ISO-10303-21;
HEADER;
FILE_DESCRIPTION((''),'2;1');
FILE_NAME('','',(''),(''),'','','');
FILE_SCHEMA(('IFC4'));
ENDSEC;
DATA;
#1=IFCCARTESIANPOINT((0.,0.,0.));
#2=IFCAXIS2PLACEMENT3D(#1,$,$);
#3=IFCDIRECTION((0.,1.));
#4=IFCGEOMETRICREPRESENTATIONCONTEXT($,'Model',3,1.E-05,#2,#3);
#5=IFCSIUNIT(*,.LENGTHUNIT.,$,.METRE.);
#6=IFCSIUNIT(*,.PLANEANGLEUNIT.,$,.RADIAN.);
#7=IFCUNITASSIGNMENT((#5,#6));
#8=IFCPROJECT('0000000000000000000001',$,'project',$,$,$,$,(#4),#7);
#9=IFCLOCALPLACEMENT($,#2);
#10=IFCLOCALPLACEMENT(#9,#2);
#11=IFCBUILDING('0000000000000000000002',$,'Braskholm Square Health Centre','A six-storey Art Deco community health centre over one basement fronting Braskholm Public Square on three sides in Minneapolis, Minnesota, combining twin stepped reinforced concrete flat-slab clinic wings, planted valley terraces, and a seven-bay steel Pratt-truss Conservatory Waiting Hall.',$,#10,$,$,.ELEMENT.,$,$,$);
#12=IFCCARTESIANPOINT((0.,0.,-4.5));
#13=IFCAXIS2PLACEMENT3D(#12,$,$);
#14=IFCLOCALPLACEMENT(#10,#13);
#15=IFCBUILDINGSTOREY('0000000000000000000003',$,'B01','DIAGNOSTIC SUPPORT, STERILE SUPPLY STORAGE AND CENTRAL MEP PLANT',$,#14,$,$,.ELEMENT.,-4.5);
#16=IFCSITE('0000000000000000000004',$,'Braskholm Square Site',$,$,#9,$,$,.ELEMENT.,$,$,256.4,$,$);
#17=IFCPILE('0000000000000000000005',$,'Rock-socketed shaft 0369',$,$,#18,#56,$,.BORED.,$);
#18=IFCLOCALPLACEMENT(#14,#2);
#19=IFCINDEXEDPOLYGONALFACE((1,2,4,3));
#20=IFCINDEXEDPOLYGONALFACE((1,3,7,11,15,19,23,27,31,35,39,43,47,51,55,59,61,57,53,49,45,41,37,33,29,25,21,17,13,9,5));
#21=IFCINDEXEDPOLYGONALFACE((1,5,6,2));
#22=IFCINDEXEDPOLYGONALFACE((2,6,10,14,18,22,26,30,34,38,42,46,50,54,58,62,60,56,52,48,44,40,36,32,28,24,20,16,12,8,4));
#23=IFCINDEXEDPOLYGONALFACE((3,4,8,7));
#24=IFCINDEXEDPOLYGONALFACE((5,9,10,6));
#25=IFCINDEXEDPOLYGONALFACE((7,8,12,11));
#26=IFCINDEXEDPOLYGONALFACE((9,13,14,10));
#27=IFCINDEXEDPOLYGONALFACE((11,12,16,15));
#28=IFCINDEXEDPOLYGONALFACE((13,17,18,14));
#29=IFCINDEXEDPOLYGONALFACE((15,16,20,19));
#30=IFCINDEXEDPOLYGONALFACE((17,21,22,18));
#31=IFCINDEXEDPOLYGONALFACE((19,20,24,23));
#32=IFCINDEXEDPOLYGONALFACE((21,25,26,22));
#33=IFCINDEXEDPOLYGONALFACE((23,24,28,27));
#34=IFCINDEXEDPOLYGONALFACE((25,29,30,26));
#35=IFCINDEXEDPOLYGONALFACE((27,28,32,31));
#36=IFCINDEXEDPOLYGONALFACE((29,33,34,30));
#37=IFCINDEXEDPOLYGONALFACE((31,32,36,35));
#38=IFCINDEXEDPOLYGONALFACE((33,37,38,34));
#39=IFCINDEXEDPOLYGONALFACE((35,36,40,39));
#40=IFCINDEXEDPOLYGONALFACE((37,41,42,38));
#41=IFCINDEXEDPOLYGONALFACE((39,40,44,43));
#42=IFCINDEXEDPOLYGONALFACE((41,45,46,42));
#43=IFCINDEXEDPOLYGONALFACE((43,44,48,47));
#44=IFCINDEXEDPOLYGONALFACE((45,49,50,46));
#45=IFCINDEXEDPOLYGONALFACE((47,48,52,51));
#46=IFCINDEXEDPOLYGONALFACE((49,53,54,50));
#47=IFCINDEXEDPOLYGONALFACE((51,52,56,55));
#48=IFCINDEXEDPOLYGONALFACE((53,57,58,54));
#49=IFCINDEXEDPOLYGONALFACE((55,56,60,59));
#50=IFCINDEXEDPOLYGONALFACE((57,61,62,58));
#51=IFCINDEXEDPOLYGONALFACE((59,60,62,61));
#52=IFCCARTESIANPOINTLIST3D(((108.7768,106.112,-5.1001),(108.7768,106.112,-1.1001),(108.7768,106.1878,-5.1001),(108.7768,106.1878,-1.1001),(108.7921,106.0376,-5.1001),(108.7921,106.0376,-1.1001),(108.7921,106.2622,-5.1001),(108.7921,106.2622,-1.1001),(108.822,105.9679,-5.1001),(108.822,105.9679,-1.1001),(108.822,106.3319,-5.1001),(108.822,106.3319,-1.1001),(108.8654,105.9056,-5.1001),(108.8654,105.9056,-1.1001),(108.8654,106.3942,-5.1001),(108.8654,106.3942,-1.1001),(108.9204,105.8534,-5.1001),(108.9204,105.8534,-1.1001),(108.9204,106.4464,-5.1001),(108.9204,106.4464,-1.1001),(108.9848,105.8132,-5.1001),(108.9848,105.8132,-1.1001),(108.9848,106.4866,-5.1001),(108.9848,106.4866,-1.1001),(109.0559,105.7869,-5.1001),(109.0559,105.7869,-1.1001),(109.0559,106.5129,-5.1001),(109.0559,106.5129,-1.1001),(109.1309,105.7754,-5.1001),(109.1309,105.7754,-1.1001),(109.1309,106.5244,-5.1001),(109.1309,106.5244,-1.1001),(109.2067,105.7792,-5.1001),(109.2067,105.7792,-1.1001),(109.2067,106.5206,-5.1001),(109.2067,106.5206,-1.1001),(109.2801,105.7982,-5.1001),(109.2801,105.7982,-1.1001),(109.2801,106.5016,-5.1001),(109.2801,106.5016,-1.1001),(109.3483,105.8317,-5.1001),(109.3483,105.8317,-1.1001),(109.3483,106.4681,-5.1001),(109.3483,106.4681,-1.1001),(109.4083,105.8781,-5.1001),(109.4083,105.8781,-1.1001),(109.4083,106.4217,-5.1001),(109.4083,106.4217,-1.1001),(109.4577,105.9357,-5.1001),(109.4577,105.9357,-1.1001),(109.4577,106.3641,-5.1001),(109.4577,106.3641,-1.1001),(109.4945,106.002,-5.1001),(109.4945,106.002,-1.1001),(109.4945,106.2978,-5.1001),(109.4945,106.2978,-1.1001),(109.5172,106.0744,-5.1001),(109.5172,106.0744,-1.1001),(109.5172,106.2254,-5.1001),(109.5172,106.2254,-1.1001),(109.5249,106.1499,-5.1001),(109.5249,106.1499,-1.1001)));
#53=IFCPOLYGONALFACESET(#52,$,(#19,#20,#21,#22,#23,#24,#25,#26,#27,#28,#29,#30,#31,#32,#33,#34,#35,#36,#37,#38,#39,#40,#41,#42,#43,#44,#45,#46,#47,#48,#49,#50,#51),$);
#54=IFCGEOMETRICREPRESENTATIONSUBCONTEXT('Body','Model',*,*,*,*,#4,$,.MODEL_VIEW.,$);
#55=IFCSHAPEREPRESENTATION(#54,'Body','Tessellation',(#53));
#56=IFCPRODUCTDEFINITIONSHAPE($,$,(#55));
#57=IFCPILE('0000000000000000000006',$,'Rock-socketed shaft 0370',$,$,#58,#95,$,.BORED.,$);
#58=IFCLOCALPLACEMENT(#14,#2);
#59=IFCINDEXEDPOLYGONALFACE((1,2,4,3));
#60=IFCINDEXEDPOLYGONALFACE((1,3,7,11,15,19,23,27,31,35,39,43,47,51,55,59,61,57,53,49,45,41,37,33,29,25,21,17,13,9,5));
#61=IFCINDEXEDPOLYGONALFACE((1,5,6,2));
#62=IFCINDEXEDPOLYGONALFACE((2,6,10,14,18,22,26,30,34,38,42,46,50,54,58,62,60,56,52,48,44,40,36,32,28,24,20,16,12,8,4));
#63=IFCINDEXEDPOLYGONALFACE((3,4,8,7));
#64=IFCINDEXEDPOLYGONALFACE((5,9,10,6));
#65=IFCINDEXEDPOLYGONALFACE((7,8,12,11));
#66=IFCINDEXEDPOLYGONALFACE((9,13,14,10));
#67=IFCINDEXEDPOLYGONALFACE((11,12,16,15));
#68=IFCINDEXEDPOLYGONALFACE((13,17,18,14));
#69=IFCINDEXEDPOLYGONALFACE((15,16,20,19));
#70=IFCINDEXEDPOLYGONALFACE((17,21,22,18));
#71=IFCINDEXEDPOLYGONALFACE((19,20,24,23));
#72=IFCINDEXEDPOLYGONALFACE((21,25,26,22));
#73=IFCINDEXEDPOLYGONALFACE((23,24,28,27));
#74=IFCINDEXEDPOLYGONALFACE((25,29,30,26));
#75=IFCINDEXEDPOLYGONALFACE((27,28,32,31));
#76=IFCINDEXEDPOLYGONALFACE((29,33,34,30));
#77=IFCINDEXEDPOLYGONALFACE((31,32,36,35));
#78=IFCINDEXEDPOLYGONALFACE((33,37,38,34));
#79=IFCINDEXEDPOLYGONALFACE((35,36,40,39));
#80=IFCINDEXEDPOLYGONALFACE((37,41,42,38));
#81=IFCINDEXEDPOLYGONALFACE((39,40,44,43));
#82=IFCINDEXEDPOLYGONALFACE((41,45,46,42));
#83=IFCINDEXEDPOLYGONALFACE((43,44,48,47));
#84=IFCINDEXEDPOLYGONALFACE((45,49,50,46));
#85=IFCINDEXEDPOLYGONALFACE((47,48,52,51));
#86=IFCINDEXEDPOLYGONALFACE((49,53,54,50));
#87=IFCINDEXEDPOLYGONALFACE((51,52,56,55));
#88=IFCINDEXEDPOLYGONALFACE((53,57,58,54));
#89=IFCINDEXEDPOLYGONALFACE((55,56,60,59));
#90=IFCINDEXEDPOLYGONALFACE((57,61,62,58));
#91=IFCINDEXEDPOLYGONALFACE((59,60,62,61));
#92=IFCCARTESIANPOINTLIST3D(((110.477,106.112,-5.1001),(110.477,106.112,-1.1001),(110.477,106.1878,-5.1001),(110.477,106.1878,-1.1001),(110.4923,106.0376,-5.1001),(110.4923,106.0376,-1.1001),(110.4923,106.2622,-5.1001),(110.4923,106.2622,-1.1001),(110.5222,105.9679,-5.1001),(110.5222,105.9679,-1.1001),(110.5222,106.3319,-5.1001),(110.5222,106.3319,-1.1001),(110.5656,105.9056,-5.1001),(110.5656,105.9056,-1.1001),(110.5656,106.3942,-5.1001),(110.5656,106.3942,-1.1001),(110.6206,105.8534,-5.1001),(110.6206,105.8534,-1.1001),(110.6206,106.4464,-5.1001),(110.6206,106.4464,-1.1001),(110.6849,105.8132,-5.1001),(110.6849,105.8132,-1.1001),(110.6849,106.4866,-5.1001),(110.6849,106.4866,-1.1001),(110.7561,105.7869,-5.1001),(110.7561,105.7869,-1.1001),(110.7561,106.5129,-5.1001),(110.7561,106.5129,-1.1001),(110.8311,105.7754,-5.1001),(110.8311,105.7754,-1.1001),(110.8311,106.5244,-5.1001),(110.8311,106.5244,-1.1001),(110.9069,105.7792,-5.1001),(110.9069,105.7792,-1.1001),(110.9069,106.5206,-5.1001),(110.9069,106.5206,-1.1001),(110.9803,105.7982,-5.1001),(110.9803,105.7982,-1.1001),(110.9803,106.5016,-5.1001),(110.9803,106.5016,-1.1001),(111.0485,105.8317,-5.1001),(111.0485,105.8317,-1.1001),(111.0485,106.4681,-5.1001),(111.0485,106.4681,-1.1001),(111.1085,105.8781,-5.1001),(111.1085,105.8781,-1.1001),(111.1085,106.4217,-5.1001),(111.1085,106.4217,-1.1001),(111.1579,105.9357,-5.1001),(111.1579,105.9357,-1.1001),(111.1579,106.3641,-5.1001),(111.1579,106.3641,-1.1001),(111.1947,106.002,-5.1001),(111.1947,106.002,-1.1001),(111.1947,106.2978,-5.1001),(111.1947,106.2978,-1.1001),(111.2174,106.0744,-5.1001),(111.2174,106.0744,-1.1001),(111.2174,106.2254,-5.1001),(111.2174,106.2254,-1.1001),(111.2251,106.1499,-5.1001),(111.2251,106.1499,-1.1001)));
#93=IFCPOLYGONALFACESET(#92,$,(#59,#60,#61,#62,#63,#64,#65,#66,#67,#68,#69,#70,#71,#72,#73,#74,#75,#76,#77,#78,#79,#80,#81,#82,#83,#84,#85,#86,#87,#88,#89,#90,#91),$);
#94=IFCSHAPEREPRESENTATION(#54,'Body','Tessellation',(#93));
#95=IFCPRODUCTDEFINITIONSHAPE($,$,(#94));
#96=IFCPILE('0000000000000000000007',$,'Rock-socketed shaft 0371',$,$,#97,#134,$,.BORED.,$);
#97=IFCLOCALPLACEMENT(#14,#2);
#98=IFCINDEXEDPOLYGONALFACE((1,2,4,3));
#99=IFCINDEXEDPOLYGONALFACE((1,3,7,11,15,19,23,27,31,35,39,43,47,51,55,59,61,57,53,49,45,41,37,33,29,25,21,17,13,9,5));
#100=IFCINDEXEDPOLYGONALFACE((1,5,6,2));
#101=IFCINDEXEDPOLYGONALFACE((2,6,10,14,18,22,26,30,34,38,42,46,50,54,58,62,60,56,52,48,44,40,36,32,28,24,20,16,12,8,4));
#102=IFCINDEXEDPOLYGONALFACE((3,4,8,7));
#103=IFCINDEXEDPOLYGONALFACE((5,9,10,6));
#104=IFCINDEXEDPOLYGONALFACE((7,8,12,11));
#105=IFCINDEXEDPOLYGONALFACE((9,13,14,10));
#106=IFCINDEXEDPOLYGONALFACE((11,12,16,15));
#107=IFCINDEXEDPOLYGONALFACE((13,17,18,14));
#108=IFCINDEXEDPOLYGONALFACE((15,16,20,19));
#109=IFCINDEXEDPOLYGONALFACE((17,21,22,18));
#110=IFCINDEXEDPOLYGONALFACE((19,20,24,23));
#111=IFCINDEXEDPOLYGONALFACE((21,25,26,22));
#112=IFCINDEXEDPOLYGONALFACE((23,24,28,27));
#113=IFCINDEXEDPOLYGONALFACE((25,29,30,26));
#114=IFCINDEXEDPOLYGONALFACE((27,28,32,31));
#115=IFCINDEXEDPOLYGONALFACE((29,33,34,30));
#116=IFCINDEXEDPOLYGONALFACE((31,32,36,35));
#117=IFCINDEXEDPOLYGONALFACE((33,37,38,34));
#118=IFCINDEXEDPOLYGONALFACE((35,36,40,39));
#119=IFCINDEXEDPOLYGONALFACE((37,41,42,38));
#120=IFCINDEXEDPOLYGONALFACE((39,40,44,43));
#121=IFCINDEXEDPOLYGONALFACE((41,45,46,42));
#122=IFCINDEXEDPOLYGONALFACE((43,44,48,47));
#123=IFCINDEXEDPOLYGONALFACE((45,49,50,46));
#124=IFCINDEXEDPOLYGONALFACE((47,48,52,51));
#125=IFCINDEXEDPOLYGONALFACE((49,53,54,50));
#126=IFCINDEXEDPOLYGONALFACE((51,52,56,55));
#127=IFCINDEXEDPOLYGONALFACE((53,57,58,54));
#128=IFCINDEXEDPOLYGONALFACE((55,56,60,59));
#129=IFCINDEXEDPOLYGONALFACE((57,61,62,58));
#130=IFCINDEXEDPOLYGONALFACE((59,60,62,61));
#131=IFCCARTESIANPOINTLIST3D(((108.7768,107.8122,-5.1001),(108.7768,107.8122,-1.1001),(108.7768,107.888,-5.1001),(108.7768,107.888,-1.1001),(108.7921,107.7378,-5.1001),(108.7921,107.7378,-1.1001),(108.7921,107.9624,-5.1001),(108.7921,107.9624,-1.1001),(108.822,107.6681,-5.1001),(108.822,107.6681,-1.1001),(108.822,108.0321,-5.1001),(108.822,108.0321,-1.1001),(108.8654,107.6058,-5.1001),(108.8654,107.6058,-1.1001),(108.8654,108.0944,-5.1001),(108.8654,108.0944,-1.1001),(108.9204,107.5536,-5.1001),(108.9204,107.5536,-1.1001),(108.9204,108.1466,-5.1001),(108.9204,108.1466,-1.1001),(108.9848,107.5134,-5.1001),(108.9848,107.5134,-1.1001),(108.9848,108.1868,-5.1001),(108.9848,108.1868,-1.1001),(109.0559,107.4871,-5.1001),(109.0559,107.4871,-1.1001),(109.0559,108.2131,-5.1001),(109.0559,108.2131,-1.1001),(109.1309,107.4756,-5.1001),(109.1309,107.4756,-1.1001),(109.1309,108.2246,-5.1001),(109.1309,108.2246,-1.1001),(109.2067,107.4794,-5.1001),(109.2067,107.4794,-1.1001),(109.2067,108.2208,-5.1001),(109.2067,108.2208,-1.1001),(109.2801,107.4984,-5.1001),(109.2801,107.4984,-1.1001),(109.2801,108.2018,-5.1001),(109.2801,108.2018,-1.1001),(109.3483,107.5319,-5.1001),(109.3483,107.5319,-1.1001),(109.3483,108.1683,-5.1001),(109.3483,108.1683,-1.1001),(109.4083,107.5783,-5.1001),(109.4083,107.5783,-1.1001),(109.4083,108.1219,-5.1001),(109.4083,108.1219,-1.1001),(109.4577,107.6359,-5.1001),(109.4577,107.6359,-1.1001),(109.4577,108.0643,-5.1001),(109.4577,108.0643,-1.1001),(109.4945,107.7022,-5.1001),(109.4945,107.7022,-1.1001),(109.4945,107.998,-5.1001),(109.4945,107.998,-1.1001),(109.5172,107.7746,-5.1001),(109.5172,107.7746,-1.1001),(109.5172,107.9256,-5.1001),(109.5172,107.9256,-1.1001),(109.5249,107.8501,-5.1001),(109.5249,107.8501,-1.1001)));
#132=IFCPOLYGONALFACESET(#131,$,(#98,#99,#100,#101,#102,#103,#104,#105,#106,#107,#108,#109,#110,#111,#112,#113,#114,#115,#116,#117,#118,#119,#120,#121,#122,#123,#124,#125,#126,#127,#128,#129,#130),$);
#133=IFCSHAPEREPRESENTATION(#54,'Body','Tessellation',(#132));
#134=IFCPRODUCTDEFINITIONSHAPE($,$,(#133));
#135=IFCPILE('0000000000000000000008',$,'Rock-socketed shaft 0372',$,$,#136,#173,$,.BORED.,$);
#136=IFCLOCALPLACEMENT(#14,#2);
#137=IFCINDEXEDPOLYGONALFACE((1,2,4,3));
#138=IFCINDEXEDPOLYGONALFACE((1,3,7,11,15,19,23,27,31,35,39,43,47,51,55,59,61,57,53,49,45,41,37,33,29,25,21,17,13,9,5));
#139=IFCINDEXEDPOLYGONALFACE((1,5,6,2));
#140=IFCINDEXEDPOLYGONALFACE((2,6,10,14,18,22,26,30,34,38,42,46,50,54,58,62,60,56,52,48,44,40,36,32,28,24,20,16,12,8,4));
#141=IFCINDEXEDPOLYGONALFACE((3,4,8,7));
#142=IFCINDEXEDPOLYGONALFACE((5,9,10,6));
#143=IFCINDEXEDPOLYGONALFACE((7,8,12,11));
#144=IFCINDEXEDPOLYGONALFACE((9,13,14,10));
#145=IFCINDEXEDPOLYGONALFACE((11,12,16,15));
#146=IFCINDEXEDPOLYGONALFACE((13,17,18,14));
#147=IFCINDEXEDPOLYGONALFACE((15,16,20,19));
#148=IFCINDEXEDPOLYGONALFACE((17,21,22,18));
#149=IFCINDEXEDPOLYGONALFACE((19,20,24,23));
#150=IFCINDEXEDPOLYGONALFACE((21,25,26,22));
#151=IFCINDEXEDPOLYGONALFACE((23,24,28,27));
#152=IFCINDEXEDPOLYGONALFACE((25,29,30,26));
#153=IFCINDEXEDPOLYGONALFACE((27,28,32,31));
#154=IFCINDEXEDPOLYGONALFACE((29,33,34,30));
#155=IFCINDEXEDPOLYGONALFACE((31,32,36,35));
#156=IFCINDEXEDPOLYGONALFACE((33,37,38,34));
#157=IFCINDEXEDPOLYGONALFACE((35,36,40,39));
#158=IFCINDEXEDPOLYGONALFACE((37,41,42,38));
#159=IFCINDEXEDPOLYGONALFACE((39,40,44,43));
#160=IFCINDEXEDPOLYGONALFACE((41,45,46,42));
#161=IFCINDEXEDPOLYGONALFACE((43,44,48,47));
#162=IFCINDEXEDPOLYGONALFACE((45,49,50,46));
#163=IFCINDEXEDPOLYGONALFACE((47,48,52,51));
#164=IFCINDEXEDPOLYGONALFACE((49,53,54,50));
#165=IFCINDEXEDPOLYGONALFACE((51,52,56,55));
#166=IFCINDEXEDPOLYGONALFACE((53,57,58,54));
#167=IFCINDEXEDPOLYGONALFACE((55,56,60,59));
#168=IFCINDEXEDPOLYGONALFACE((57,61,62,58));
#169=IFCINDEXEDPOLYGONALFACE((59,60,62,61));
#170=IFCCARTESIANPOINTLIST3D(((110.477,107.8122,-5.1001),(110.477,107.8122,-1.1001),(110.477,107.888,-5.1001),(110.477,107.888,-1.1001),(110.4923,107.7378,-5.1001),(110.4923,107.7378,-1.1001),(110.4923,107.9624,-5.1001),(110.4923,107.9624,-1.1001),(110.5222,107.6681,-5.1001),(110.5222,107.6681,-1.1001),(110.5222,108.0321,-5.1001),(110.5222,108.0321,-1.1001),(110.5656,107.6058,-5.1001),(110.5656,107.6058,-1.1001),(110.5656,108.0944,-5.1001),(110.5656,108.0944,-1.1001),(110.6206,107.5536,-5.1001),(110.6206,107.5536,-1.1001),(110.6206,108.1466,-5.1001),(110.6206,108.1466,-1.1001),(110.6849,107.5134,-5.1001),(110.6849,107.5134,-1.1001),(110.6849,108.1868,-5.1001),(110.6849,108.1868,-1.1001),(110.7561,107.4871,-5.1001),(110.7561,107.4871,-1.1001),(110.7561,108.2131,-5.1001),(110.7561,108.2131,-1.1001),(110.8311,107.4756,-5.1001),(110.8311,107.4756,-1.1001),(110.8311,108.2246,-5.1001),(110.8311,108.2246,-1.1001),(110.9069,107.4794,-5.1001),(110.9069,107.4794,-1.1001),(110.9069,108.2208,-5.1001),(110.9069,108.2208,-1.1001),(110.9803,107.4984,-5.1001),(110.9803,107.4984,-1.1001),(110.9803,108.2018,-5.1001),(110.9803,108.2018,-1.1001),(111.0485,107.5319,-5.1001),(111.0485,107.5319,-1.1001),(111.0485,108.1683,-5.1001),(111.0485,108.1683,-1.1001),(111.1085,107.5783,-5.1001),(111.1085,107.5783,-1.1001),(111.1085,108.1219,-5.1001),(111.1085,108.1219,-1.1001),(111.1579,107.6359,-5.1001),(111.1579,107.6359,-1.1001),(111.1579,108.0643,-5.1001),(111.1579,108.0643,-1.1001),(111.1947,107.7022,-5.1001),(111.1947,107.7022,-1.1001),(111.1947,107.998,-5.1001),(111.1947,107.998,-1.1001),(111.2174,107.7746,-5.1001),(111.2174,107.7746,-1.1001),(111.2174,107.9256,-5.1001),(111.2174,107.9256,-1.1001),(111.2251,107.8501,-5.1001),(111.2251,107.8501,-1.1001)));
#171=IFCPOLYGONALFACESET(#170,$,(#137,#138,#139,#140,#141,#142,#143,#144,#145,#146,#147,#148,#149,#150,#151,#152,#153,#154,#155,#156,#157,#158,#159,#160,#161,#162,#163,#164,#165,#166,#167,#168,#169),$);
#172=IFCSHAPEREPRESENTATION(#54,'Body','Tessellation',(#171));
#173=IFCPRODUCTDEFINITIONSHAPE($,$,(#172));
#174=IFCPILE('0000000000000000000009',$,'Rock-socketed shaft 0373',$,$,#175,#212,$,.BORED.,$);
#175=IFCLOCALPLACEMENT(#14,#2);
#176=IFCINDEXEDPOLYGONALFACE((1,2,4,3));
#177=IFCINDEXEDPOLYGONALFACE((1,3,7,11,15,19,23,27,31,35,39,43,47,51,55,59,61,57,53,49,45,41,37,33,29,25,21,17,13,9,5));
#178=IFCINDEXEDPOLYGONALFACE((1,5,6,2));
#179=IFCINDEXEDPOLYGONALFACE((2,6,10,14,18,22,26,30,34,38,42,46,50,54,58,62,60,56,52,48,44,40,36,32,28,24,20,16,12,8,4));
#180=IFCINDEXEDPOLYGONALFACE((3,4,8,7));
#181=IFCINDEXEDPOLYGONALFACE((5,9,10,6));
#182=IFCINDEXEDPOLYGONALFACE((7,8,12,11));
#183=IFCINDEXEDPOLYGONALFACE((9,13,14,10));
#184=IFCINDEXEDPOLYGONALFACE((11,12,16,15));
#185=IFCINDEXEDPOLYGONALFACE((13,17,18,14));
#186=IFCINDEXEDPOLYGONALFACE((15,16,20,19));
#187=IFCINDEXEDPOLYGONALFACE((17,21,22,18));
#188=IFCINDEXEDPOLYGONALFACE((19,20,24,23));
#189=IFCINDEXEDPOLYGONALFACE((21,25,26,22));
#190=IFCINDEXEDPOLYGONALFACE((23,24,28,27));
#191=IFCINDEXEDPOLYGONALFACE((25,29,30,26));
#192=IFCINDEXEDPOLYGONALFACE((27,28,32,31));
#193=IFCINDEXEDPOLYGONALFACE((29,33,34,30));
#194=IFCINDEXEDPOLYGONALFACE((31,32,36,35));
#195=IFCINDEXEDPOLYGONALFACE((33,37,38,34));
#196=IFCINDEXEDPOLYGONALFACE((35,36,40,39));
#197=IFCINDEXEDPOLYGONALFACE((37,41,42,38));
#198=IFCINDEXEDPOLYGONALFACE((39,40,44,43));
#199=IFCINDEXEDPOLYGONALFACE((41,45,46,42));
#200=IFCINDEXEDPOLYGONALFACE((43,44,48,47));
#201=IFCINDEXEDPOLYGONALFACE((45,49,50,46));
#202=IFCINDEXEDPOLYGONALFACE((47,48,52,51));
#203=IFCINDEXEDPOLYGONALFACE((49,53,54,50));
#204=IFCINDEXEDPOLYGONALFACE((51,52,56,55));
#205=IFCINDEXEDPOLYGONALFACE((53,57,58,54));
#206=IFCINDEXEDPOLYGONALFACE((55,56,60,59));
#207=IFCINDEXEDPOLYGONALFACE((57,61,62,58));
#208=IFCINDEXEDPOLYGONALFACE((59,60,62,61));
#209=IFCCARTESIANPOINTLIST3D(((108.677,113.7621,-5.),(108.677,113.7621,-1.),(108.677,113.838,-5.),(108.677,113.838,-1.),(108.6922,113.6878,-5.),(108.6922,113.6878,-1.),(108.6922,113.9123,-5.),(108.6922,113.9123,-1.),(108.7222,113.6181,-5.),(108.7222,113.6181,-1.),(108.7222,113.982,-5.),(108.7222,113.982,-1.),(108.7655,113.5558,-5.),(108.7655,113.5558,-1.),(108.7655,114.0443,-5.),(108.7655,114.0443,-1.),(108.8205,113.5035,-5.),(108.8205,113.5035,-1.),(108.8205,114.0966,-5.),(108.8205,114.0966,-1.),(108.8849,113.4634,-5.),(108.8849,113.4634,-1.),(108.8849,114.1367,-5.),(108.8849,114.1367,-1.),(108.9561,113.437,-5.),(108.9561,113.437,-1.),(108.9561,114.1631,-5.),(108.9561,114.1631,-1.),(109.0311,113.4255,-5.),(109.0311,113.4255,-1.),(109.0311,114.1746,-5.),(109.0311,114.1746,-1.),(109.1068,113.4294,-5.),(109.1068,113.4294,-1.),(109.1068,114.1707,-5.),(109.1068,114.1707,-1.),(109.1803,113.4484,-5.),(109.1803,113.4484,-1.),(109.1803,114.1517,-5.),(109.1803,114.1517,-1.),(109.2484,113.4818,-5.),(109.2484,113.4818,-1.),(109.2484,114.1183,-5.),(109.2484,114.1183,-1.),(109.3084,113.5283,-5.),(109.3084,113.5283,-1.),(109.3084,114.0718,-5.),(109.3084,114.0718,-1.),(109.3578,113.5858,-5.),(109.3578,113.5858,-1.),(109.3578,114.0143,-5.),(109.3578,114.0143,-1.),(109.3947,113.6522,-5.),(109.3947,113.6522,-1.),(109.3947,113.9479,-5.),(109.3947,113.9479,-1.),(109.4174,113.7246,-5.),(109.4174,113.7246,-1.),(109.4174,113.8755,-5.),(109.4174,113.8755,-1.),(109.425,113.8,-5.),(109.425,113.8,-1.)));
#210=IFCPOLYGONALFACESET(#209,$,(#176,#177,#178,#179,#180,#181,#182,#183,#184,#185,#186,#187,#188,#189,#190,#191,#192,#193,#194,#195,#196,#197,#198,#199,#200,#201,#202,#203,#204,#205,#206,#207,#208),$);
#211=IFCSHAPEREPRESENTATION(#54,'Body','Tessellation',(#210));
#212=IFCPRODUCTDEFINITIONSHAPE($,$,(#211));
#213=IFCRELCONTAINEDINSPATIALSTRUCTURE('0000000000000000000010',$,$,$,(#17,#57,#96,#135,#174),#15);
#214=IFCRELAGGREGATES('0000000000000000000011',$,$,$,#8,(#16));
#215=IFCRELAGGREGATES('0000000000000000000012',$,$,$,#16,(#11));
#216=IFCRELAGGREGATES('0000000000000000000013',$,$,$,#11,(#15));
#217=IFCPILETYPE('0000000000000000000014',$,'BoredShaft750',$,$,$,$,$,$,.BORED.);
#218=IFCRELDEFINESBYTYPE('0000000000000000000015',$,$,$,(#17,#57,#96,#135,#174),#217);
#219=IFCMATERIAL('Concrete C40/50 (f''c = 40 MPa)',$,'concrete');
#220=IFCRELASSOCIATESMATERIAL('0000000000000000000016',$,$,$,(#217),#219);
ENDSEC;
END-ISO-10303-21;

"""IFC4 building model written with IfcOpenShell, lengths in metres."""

from ifc_helpers import new_model, si_unit, direction, frame, origin, origin_2d, place, context, subcontext, project, spatial, circle, extrude, material, material_profile, profile_set, type_object, element, save


model = new_model("IFC4")

# Units and contexts
model_context = context("Model", 3, precision=1e-05, world=origin(), true_north=direction((0.0, 1.0)))
body_context = subcontext(model_context, "Body", "Model", "MODEL_VIEW")
ifc_project = project(units=[si_unit("LENGTHUNIT", "METRE"), si_unit("PLANEANGLEUNIT", "RADIAN")], contexts=[model_context])

# Site, building, storey
site_placement = place(None, origin())
site = spatial("IfcSite", under=ifc_project, at=site_placement, Name="Braskholm Square Site", CompositionType="ELEMENT", RefElevation=256.4)
building_placement = place(site_placement, origin())
building = spatial("IfcBuilding", under=site, at=building_placement, Name="Braskholm Square Health Centre", Description="A six-storey Art Deco community health centre over one basement fronting Braskholm Public Square on three sides in Minneapolis, Minnesota, combining twin stepped reinforced concrete flat-slab clinic wings, planted valley terraces, and a seven-bay steel Pratt-truss Conservatory Waiting Hall.", CompositionType="ELEMENT")
storey_placement = place(building_placement, frame((0.0, 0.0, -4.5)))
storey = spatial("IfcBuildingStorey", under=building, at=storey_placement, Name="B01", Description="DIAGNOSTIC SUPPORT, STERILE SUPPLY STORAGE AND CENTRAL MEP PLANT", CompositionType="ELEMENT", Elevation=-4.5)

# Piles
ifc_material_1 = material(Name="Concrete C40/50 (f'c = 40 MPa)", Category="concrete")
ifc_material_profile_1 = material_profile(ifc_material_1, circle(Radius=0.375, at=origin_2d()), Name="BORED-PILE-750")
ifc_profile_set_1 = profile_set([ifc_material_profile_1], Name="Concrete C40/50 (f'c = 40 MPa)")
pile_type_1 = type_object("IfcPileType", Name="BoredShaft750", PredefinedType="BORED", material=ifc_profile_set_1)
for number, where, z_axis, x_axis, name in (
    (1, (109.1499, 106.1499, -1.1001), (0.0, 0.0, -1.0), (1.0, 0.0, 0.0), "Rock-socketed shaft 0369"),
    (2, (110.8501, 106.1499, -1.1001), (0.0, 0.0, -1.0), (1.0, 0.0, 0.0), "Rock-socketed shaft 0370"),
    (3, (109.1499, 107.8501, -1.1001), (0.0, 0.0, -1.0), (1.0, 0.0, 0.0), "Rock-socketed shaft 0371"),
    (4, (110.8501, 107.8501, -1.1001), (0.0, 0.0, -1.0), (1.0, 0.0, 0.0), "Rock-socketed shaft 0372"),
    (5, (109.05, 113.8, -1.0), (0.0, 0.0, -1.0), (1.0, 0.0, 0.0), "Rock-socketed shaft 0373"),
):
    element("IfcPile", number, at=place(storey_placement, frame(where, z_axis=z_axis, x_axis=x_axis)), inside=storey, type_object=pile_type_1, Name=name, PredefinedType="BORED", context=body_context, shape_type="SweptSolid", body=[
        extrude(circle(Radius=0.375, at=origin_2d()), origin(), (0.0, 0.0, 1.0), 4.0),
    ])

save(model, "model.ifc")
